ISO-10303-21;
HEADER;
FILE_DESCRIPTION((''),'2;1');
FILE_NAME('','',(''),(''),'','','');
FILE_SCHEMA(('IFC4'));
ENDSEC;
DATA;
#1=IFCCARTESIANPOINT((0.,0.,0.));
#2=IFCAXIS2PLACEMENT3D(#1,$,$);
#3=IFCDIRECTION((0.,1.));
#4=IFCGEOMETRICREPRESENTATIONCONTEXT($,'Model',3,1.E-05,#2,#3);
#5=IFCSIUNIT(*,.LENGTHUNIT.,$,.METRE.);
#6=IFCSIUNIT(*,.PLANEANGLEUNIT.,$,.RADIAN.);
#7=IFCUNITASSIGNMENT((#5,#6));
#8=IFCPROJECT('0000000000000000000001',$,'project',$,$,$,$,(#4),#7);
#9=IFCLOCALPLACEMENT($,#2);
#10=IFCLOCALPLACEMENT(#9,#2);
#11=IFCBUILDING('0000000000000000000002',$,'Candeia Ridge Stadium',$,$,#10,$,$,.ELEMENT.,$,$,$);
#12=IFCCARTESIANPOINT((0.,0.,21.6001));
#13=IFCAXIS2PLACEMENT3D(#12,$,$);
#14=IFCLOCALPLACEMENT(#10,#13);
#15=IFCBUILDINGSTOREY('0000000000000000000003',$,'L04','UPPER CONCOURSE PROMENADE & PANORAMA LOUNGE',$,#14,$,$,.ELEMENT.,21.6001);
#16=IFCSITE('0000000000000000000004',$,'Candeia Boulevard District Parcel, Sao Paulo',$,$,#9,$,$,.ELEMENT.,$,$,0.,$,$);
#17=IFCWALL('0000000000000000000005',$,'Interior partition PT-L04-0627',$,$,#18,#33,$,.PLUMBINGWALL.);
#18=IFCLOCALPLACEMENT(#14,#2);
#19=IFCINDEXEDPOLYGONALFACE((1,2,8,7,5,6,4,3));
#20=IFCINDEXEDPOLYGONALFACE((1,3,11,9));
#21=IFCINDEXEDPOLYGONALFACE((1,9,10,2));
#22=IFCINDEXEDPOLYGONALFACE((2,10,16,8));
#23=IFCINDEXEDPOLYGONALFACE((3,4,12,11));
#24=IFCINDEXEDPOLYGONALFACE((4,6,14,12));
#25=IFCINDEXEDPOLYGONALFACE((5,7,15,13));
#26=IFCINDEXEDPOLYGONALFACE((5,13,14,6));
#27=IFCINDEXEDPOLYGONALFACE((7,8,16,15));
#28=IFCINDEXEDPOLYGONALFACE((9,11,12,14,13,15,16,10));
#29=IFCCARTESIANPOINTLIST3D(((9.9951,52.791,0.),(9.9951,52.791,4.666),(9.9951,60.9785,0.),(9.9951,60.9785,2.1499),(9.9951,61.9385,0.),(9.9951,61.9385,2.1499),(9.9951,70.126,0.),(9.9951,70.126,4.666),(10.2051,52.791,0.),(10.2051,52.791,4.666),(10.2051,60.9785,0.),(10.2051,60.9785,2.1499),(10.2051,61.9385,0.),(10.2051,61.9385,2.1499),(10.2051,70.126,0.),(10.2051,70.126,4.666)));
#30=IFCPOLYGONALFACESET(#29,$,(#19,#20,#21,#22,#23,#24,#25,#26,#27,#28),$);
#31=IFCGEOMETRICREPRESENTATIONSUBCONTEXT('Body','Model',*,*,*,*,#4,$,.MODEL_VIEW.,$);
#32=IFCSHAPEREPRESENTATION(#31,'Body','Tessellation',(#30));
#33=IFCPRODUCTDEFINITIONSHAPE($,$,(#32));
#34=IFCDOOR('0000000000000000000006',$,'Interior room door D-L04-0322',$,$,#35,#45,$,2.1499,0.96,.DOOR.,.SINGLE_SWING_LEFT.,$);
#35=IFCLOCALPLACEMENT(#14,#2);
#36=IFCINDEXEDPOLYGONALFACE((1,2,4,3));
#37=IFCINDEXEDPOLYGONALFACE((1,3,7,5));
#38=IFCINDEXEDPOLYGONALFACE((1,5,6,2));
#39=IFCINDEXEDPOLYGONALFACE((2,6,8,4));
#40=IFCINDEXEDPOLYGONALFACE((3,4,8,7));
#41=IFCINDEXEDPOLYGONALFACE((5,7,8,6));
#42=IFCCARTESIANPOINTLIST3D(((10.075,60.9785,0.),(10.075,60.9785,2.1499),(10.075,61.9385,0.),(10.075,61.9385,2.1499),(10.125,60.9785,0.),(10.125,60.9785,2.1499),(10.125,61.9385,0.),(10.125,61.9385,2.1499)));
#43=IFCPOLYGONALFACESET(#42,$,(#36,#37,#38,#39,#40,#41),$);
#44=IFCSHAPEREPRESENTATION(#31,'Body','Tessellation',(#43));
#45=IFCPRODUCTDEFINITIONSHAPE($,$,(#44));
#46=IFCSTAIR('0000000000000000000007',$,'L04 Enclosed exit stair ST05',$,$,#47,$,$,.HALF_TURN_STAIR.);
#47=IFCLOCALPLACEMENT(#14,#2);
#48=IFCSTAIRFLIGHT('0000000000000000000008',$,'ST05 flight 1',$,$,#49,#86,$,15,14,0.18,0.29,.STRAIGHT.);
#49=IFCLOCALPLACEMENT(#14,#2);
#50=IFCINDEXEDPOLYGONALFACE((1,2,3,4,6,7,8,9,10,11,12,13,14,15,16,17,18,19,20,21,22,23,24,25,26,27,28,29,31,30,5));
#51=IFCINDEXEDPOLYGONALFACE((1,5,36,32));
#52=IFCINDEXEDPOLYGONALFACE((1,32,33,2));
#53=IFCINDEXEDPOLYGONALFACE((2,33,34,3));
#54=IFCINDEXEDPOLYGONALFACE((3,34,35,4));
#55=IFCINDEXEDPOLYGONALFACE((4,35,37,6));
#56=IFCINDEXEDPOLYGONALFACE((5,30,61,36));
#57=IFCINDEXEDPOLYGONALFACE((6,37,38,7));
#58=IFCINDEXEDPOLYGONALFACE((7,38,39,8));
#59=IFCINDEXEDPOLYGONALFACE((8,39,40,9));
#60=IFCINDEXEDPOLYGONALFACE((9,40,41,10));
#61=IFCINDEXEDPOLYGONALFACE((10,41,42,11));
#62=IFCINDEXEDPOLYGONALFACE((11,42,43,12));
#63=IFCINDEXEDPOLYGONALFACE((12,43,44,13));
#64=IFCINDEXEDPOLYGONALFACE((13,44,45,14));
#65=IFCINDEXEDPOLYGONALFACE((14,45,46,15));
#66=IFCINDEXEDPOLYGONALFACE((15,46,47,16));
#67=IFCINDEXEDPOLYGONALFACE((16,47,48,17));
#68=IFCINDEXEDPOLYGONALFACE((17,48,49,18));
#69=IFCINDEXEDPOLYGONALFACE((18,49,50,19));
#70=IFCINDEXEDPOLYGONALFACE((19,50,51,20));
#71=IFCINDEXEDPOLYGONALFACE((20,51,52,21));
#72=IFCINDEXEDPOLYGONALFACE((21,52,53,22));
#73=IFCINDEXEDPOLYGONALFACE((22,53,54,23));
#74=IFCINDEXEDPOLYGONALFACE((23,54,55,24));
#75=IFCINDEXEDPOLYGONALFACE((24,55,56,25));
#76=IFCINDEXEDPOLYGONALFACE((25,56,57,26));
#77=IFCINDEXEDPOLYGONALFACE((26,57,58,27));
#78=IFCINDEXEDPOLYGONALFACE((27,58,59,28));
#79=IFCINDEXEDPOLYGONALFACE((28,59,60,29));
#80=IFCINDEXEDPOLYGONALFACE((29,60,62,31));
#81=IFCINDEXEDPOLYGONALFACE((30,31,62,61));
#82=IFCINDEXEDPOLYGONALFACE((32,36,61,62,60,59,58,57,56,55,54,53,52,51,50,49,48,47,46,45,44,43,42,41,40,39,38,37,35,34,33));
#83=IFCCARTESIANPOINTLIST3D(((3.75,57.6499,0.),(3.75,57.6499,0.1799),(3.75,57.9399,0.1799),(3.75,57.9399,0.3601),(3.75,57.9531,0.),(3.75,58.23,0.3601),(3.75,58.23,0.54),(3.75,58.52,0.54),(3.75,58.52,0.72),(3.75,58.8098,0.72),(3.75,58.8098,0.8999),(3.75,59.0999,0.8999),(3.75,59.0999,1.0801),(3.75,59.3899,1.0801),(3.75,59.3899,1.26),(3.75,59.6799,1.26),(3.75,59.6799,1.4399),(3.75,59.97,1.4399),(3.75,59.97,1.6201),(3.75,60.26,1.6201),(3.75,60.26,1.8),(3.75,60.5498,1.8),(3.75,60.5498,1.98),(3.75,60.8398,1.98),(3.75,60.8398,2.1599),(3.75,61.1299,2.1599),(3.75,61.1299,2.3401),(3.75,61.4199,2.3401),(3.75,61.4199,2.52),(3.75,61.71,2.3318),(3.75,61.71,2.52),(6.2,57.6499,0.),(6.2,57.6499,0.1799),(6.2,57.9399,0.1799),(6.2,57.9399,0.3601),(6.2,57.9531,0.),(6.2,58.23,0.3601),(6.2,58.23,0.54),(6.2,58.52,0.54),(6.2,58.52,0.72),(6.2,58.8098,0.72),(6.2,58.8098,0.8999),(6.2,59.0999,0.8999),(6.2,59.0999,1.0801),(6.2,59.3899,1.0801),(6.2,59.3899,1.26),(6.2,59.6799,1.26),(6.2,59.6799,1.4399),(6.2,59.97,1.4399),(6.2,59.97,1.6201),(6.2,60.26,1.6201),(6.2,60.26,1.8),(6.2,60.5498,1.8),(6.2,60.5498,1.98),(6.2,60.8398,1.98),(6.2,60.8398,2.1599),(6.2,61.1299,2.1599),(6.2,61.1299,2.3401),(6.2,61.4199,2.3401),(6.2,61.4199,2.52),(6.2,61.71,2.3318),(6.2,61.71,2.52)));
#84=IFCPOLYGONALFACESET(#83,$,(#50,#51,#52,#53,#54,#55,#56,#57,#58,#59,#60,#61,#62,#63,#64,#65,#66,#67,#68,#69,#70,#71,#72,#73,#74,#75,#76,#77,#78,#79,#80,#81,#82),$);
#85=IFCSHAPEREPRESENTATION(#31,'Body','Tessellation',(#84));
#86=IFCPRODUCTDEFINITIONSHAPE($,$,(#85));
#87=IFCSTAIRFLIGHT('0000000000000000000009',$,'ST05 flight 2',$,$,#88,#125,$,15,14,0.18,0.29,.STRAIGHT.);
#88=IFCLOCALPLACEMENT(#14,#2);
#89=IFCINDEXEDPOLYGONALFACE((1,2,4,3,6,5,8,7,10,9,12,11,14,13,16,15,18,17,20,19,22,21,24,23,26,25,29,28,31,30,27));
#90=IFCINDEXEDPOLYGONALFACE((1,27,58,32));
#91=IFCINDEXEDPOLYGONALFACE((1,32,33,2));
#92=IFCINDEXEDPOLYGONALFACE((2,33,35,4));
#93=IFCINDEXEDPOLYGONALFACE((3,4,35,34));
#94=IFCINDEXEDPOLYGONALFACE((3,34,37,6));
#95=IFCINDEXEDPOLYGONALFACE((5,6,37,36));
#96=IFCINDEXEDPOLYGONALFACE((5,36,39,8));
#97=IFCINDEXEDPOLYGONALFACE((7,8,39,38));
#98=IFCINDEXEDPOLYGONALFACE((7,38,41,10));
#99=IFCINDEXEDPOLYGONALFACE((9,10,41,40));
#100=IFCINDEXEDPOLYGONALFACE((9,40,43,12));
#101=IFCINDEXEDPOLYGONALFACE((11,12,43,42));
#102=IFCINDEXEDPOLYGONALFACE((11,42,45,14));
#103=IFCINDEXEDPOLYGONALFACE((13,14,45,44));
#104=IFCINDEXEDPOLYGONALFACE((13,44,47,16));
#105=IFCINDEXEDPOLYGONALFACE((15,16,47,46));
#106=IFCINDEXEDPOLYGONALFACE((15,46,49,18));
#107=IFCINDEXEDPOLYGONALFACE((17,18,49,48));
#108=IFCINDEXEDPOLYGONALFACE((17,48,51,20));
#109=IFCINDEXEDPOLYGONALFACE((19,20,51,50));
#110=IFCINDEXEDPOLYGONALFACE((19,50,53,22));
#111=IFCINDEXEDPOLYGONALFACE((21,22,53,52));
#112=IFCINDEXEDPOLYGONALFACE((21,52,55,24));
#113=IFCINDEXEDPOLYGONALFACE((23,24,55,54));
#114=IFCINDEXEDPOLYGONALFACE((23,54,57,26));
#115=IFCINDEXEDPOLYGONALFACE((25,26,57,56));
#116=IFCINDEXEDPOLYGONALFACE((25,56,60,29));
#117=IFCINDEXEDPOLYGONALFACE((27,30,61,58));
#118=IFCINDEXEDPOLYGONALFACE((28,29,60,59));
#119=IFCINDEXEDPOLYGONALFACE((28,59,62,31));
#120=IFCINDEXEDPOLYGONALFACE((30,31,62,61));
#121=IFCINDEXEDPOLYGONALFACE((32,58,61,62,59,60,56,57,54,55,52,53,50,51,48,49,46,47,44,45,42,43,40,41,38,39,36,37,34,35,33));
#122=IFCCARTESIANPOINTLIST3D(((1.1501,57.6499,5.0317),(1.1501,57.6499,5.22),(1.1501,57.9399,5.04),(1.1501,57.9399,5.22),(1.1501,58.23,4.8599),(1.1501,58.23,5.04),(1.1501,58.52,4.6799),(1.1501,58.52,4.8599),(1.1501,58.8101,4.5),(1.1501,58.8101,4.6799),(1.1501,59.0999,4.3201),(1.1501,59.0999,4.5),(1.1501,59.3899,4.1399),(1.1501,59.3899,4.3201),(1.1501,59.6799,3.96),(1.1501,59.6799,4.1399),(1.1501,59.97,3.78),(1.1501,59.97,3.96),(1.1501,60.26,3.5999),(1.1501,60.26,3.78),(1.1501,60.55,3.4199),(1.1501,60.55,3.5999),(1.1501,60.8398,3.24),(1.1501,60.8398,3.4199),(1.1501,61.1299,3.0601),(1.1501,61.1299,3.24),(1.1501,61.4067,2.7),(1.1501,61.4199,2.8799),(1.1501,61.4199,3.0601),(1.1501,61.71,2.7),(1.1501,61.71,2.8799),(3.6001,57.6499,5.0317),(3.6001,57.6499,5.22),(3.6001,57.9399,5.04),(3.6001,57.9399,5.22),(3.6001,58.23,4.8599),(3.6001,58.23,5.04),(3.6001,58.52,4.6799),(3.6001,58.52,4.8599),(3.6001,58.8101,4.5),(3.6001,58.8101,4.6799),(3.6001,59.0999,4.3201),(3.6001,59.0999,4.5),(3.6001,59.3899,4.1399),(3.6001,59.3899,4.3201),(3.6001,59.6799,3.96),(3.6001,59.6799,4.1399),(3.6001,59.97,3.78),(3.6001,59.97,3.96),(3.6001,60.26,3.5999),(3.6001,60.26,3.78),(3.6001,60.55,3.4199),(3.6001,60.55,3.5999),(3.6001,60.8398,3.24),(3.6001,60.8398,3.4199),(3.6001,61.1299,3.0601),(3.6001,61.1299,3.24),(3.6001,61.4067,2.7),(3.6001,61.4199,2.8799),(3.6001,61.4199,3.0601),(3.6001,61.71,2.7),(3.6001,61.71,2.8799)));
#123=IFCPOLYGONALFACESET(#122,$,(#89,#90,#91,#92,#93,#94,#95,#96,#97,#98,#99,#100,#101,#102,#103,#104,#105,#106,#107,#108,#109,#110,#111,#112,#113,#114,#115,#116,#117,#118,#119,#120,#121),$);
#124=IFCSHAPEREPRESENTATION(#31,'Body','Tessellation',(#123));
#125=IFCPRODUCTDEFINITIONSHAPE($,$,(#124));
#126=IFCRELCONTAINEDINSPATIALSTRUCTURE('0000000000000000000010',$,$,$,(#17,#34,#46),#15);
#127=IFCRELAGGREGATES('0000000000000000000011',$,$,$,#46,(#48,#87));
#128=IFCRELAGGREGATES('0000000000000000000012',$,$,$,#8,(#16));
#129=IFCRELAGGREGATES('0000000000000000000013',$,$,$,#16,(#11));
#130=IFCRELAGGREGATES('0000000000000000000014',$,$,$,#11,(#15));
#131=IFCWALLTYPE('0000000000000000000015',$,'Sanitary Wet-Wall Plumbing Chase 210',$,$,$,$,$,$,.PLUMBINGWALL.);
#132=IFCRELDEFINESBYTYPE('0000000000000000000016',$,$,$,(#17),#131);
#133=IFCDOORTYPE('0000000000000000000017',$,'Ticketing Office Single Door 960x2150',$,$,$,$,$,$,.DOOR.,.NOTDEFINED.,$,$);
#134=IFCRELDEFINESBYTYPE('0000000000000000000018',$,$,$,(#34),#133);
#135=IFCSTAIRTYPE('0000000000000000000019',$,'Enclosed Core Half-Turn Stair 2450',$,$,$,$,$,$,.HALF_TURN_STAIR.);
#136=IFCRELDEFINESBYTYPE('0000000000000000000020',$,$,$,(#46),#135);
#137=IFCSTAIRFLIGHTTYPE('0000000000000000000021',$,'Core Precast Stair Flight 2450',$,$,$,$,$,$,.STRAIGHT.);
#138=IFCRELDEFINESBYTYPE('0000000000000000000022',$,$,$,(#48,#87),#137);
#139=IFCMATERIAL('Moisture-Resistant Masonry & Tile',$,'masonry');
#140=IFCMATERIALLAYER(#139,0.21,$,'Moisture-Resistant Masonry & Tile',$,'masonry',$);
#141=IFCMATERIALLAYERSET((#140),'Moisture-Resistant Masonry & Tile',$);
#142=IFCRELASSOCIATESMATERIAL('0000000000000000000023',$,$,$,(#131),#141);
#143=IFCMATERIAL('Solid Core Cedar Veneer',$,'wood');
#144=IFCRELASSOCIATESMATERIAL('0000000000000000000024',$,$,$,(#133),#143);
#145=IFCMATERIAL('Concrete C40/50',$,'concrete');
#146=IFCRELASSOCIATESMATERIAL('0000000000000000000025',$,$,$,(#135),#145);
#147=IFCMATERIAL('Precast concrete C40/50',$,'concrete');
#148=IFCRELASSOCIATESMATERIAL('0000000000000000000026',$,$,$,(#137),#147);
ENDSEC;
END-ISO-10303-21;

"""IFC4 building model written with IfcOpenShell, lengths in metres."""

from ifc_helpers import new_model, si_unit, direction, frame, frame_2d, origin, place, context, subcontext, project, spatial, polyline, rectangle, outline, extrude, material, layer, layer_set, type_object, element, fill, aggregate, save


model = new_model("IFC4")

# Units and contexts
model_context = context("Model", 3, precision=1e-05, world=origin(), true_north=direction((0.0, 1.0)))
body_context = subcontext(model_context, "Body", "Model", "MODEL_VIEW")
ifc_project = project(units=[si_unit("LENGTHUNIT", "METRE"), si_unit("PLANEANGLEUNIT", "RADIAN")], contexts=[model_context])

# Site, building, storey
site_placement = place(None, origin())
site = spatial("IfcSite", under=ifc_project, at=site_placement, Name="Candeia Boulevard District Parcel, Sao Paulo", CompositionType="ELEMENT", RefElevation=0.0)
building_placement = place(site_placement, origin())
building = spatial("IfcBuilding", under=site, at=building_placement, Name="Candeia Ridge Stadium", CompositionType="ELEMENT")
storey_placement = place(building_placement, frame((0.0, 0.0, 21.6001)))
storey = spatial("IfcBuildingStorey", under=building, at=storey_placement, Name="L04", Description="UPPER CONCOURSE PROMENADE & PANORAMA LOUNGE", CompositionType="ELEMENT", Elevation=21.6001)

# Shared definitions
ifc_material_1 = material(Name="Concrete C40/50", Category="concrete")

# Wall, opening, door
ifc_material_2 = material(Name="Moisture-Resistant Masonry & Tile", Category="masonry")
ifc_layer_1 = layer(ifc_material_2, 0.21, Name="Moisture-Resistant Masonry & Tile", Category="masonry")
ifc_layer_set_1 = layer_set([ifc_layer_1], Name="Moisture-Resistant Masonry & Tile")
wall_type_1 = type_object("IfcWallType", Name="Sanitary Wet-Wall Plumbing Chase 210", PredefinedType="PLUMBINGWALL", material=ifc_layer_set_1)
wall_1_placement = place(storey_placement, frame((10.1001, 70.126, 0.0), z_axis=(0.0, 0.0, 1.0), x_axis=(0.0, -1.0, 0.0)))
wall_1 = element("IfcWall", 1, at=wall_1_placement, inside=storey, type_object=wall_type_1, Name="Interior partition PT-L04-0627", PredefinedType="PLUMBINGWALL", context=body_context, shape_type="SweptSolid", body=[
    extrude(rectangle(XDim=17.335, YDim=0.21, at=frame_2d((8.6675, 0.0))), origin(), (0.0, 0.0, 1.0), 4.666),
])
opening_1_placement = place(wall_1_placement, frame((8.1875, 0.0, 0.0)))
opening_1 = element("IfcOpeningElement", 2, at=opening_1_placement, cuts=wall_1, PredefinedType="OPENING", context=body_context, shape_type="SweptSolid", body=[
    extrude(rectangle(XDim=0.96, YDim=2.1499, at=frame_2d((0.48, 1.075))), frame((0.0, 0.115, 0.0), z_axis=(0.0, -1.0, 0.0), x_axis=(1.0, 0.0, 0.0)), (0.0, 0.0, 1.0), 0.23),
])
ifc_material_3 = material(Name="Solid Core Cedar Veneer", Category="wood")
door_type_1 = type_object("IfcDoorType", Name="Ticketing Office Single Door 960x2150", OperationType="NOTDEFINED", PredefinedType="DOOR", material=ifc_material_3)
door_1_placement = place(opening_1_placement, origin())
door_1 = element("IfcDoor", 3, at=door_1_placement, inside=storey, type_object=door_type_1, Name="Interior room door D-L04-0322", OperationType="SINGLE_SWING_LEFT", OverallHeight=2.1499, OverallWidth=0.96, PredefinedType="DOOR", context=body_context, shape_type="SweptSolid", body=[
    extrude(rectangle(XDim=0.96, YDim=2.1499, at=frame_2d((0.48, 1.075))), frame((0.0, 0.0249, 0.0), z_axis=(0.0, -1.0, 0.0), x_axis=(1.0, 0.0, 0.0)), (0.0, 0.0, 1.0), 0.05),
])
fill(opening_1, door_1)

# Stair, stair flights
stair_type = type_object("IfcStairType", Name="Enclosed Core Half-Turn Stair 2450", PredefinedType="HALF_TURN_STAIR", material=ifc_material_1)
stair_placement = place(storey_placement, origin())
stair = element("IfcStair", 4, at=stair_placement, inside=storey, type_object=stair_type, Name="L04 Enclosed exit stair ST05", PredefinedType="HALF_TURN_STAIR")
ifc_material_4 = material(Name="Precast concrete C40/50", Category="concrete")
stair_flight_type = type_object("IfcStairFlightType", Name="Core Precast Stair Flight 2450", PredefinedType="STRAIGHT", material=ifc_material_4)
stair_flight_1_placement = place(storey_placement, frame((4.9751, 57.6499, 0.0), z_axis=(0.0, 0.0, 1.0), x_axis=(0.0, 1.0, 0.0)))
stair_flight_1 = element("IfcStairFlight", 5, at=stair_flight_1_placement, type_object=stair_flight_type, Name="ST05 flight 1", NumberOfRisers=15, NumberOfTreads=14, PredefinedType="STRAIGHT", RiserHeight=0.18, TreadLength=0.29, context=body_context, shape_type="SweptSolid", body=[
    extrude(outline(polyline([(0.0, 0.0), (0.0, 0.1799), (0.29, 0.1799), (0.29, 0.3601), (0.5801, 0.3601), (0.5801, 0.54), (0.8701, 0.54), (0.8701, 0.72), (1.1599, 0.72), (1.1599, 0.8999), (1.45, 0.8999), (1.45, 1.0801), (1.74, 1.0801), (1.74, 1.26), (2.03, 1.26), (2.03, 1.4399), (2.3201, 1.4399), (2.3201, 1.6201), (2.6101, 1.6201), (2.6101, 1.8), (2.8999, 1.8), (2.8999, 1.98), (3.1899, 1.98), (3.1899, 2.1599), (3.48, 2.1599), (3.48, 2.3401), (3.77, 2.3401), (3.77, 2.52), (4.0601, 2.52), (4.0601, 2.7), (4.0601, 2.3318), (0.3032, 0.0), (0.0, 0.0)])), frame((0.0, 1.2251, 0.0), z_axis=(0.0, -1.0, 0.0), x_axis=(1.0, 0.0, 0.0)), (0.0, 0.0, 1.0), 2.45),
])
stair_flight_2_placement = place(storey_placement, frame((2.375, 61.71, 2.7), z_axis=(0.0, 0.0, 1.0), x_axis=(0.0, -1.0, 0.0)))
stair_flight_2 = element("IfcStairFlight", 6, at=stair_flight_2_placement, type_object=stair_flight_type, Name="ST05 flight 2", NumberOfRisers=15, NumberOfTreads=14, PredefinedType="STRAIGHT", RiserHeight=0.18, TreadLength=0.29, context=body_context, shape_type="SweptSolid", body=[
    extrude(outline(polyline([(0.0, 0.0), (0.0, 0.1799), (0.29, 0.1799), (0.29, 0.3601), (0.5801, 0.3601), (0.5801, 0.54), (0.8701, 0.54), (0.8701, 0.72), (1.1599, 0.72), (1.1599, 0.8999), (1.45, 0.8999), (1.45, 1.0801), (1.74, 1.0801), (1.74, 1.26), (2.03, 1.26), (2.03, 1.4399), (2.3201, 1.4399), (2.3201, 1.6201), (2.6101, 1.6201), (2.6101, 1.8), (2.8999, 1.8), (2.8999, 1.98), (3.1899, 1.98), (3.1899, 2.1599), (3.48, 2.1599), (3.48, 2.3401), (3.77, 2.3401), (3.77, 2.52), (4.0601, 2.52), (4.0601, 2.7), (4.0601, 2.3318), (0.3032, 0.0), (0.0, 0.0)])), frame((0.0, 1.2251, 0.0), z_axis=(0.0, -1.0, 0.0), x_axis=(1.0, 0.0, 0.0)), (0.0, 0.0, 1.0), 2.45),
])
aggregate(stair, [stair_flight_1, stair_flight_2])

save(model, "model.ifc")
